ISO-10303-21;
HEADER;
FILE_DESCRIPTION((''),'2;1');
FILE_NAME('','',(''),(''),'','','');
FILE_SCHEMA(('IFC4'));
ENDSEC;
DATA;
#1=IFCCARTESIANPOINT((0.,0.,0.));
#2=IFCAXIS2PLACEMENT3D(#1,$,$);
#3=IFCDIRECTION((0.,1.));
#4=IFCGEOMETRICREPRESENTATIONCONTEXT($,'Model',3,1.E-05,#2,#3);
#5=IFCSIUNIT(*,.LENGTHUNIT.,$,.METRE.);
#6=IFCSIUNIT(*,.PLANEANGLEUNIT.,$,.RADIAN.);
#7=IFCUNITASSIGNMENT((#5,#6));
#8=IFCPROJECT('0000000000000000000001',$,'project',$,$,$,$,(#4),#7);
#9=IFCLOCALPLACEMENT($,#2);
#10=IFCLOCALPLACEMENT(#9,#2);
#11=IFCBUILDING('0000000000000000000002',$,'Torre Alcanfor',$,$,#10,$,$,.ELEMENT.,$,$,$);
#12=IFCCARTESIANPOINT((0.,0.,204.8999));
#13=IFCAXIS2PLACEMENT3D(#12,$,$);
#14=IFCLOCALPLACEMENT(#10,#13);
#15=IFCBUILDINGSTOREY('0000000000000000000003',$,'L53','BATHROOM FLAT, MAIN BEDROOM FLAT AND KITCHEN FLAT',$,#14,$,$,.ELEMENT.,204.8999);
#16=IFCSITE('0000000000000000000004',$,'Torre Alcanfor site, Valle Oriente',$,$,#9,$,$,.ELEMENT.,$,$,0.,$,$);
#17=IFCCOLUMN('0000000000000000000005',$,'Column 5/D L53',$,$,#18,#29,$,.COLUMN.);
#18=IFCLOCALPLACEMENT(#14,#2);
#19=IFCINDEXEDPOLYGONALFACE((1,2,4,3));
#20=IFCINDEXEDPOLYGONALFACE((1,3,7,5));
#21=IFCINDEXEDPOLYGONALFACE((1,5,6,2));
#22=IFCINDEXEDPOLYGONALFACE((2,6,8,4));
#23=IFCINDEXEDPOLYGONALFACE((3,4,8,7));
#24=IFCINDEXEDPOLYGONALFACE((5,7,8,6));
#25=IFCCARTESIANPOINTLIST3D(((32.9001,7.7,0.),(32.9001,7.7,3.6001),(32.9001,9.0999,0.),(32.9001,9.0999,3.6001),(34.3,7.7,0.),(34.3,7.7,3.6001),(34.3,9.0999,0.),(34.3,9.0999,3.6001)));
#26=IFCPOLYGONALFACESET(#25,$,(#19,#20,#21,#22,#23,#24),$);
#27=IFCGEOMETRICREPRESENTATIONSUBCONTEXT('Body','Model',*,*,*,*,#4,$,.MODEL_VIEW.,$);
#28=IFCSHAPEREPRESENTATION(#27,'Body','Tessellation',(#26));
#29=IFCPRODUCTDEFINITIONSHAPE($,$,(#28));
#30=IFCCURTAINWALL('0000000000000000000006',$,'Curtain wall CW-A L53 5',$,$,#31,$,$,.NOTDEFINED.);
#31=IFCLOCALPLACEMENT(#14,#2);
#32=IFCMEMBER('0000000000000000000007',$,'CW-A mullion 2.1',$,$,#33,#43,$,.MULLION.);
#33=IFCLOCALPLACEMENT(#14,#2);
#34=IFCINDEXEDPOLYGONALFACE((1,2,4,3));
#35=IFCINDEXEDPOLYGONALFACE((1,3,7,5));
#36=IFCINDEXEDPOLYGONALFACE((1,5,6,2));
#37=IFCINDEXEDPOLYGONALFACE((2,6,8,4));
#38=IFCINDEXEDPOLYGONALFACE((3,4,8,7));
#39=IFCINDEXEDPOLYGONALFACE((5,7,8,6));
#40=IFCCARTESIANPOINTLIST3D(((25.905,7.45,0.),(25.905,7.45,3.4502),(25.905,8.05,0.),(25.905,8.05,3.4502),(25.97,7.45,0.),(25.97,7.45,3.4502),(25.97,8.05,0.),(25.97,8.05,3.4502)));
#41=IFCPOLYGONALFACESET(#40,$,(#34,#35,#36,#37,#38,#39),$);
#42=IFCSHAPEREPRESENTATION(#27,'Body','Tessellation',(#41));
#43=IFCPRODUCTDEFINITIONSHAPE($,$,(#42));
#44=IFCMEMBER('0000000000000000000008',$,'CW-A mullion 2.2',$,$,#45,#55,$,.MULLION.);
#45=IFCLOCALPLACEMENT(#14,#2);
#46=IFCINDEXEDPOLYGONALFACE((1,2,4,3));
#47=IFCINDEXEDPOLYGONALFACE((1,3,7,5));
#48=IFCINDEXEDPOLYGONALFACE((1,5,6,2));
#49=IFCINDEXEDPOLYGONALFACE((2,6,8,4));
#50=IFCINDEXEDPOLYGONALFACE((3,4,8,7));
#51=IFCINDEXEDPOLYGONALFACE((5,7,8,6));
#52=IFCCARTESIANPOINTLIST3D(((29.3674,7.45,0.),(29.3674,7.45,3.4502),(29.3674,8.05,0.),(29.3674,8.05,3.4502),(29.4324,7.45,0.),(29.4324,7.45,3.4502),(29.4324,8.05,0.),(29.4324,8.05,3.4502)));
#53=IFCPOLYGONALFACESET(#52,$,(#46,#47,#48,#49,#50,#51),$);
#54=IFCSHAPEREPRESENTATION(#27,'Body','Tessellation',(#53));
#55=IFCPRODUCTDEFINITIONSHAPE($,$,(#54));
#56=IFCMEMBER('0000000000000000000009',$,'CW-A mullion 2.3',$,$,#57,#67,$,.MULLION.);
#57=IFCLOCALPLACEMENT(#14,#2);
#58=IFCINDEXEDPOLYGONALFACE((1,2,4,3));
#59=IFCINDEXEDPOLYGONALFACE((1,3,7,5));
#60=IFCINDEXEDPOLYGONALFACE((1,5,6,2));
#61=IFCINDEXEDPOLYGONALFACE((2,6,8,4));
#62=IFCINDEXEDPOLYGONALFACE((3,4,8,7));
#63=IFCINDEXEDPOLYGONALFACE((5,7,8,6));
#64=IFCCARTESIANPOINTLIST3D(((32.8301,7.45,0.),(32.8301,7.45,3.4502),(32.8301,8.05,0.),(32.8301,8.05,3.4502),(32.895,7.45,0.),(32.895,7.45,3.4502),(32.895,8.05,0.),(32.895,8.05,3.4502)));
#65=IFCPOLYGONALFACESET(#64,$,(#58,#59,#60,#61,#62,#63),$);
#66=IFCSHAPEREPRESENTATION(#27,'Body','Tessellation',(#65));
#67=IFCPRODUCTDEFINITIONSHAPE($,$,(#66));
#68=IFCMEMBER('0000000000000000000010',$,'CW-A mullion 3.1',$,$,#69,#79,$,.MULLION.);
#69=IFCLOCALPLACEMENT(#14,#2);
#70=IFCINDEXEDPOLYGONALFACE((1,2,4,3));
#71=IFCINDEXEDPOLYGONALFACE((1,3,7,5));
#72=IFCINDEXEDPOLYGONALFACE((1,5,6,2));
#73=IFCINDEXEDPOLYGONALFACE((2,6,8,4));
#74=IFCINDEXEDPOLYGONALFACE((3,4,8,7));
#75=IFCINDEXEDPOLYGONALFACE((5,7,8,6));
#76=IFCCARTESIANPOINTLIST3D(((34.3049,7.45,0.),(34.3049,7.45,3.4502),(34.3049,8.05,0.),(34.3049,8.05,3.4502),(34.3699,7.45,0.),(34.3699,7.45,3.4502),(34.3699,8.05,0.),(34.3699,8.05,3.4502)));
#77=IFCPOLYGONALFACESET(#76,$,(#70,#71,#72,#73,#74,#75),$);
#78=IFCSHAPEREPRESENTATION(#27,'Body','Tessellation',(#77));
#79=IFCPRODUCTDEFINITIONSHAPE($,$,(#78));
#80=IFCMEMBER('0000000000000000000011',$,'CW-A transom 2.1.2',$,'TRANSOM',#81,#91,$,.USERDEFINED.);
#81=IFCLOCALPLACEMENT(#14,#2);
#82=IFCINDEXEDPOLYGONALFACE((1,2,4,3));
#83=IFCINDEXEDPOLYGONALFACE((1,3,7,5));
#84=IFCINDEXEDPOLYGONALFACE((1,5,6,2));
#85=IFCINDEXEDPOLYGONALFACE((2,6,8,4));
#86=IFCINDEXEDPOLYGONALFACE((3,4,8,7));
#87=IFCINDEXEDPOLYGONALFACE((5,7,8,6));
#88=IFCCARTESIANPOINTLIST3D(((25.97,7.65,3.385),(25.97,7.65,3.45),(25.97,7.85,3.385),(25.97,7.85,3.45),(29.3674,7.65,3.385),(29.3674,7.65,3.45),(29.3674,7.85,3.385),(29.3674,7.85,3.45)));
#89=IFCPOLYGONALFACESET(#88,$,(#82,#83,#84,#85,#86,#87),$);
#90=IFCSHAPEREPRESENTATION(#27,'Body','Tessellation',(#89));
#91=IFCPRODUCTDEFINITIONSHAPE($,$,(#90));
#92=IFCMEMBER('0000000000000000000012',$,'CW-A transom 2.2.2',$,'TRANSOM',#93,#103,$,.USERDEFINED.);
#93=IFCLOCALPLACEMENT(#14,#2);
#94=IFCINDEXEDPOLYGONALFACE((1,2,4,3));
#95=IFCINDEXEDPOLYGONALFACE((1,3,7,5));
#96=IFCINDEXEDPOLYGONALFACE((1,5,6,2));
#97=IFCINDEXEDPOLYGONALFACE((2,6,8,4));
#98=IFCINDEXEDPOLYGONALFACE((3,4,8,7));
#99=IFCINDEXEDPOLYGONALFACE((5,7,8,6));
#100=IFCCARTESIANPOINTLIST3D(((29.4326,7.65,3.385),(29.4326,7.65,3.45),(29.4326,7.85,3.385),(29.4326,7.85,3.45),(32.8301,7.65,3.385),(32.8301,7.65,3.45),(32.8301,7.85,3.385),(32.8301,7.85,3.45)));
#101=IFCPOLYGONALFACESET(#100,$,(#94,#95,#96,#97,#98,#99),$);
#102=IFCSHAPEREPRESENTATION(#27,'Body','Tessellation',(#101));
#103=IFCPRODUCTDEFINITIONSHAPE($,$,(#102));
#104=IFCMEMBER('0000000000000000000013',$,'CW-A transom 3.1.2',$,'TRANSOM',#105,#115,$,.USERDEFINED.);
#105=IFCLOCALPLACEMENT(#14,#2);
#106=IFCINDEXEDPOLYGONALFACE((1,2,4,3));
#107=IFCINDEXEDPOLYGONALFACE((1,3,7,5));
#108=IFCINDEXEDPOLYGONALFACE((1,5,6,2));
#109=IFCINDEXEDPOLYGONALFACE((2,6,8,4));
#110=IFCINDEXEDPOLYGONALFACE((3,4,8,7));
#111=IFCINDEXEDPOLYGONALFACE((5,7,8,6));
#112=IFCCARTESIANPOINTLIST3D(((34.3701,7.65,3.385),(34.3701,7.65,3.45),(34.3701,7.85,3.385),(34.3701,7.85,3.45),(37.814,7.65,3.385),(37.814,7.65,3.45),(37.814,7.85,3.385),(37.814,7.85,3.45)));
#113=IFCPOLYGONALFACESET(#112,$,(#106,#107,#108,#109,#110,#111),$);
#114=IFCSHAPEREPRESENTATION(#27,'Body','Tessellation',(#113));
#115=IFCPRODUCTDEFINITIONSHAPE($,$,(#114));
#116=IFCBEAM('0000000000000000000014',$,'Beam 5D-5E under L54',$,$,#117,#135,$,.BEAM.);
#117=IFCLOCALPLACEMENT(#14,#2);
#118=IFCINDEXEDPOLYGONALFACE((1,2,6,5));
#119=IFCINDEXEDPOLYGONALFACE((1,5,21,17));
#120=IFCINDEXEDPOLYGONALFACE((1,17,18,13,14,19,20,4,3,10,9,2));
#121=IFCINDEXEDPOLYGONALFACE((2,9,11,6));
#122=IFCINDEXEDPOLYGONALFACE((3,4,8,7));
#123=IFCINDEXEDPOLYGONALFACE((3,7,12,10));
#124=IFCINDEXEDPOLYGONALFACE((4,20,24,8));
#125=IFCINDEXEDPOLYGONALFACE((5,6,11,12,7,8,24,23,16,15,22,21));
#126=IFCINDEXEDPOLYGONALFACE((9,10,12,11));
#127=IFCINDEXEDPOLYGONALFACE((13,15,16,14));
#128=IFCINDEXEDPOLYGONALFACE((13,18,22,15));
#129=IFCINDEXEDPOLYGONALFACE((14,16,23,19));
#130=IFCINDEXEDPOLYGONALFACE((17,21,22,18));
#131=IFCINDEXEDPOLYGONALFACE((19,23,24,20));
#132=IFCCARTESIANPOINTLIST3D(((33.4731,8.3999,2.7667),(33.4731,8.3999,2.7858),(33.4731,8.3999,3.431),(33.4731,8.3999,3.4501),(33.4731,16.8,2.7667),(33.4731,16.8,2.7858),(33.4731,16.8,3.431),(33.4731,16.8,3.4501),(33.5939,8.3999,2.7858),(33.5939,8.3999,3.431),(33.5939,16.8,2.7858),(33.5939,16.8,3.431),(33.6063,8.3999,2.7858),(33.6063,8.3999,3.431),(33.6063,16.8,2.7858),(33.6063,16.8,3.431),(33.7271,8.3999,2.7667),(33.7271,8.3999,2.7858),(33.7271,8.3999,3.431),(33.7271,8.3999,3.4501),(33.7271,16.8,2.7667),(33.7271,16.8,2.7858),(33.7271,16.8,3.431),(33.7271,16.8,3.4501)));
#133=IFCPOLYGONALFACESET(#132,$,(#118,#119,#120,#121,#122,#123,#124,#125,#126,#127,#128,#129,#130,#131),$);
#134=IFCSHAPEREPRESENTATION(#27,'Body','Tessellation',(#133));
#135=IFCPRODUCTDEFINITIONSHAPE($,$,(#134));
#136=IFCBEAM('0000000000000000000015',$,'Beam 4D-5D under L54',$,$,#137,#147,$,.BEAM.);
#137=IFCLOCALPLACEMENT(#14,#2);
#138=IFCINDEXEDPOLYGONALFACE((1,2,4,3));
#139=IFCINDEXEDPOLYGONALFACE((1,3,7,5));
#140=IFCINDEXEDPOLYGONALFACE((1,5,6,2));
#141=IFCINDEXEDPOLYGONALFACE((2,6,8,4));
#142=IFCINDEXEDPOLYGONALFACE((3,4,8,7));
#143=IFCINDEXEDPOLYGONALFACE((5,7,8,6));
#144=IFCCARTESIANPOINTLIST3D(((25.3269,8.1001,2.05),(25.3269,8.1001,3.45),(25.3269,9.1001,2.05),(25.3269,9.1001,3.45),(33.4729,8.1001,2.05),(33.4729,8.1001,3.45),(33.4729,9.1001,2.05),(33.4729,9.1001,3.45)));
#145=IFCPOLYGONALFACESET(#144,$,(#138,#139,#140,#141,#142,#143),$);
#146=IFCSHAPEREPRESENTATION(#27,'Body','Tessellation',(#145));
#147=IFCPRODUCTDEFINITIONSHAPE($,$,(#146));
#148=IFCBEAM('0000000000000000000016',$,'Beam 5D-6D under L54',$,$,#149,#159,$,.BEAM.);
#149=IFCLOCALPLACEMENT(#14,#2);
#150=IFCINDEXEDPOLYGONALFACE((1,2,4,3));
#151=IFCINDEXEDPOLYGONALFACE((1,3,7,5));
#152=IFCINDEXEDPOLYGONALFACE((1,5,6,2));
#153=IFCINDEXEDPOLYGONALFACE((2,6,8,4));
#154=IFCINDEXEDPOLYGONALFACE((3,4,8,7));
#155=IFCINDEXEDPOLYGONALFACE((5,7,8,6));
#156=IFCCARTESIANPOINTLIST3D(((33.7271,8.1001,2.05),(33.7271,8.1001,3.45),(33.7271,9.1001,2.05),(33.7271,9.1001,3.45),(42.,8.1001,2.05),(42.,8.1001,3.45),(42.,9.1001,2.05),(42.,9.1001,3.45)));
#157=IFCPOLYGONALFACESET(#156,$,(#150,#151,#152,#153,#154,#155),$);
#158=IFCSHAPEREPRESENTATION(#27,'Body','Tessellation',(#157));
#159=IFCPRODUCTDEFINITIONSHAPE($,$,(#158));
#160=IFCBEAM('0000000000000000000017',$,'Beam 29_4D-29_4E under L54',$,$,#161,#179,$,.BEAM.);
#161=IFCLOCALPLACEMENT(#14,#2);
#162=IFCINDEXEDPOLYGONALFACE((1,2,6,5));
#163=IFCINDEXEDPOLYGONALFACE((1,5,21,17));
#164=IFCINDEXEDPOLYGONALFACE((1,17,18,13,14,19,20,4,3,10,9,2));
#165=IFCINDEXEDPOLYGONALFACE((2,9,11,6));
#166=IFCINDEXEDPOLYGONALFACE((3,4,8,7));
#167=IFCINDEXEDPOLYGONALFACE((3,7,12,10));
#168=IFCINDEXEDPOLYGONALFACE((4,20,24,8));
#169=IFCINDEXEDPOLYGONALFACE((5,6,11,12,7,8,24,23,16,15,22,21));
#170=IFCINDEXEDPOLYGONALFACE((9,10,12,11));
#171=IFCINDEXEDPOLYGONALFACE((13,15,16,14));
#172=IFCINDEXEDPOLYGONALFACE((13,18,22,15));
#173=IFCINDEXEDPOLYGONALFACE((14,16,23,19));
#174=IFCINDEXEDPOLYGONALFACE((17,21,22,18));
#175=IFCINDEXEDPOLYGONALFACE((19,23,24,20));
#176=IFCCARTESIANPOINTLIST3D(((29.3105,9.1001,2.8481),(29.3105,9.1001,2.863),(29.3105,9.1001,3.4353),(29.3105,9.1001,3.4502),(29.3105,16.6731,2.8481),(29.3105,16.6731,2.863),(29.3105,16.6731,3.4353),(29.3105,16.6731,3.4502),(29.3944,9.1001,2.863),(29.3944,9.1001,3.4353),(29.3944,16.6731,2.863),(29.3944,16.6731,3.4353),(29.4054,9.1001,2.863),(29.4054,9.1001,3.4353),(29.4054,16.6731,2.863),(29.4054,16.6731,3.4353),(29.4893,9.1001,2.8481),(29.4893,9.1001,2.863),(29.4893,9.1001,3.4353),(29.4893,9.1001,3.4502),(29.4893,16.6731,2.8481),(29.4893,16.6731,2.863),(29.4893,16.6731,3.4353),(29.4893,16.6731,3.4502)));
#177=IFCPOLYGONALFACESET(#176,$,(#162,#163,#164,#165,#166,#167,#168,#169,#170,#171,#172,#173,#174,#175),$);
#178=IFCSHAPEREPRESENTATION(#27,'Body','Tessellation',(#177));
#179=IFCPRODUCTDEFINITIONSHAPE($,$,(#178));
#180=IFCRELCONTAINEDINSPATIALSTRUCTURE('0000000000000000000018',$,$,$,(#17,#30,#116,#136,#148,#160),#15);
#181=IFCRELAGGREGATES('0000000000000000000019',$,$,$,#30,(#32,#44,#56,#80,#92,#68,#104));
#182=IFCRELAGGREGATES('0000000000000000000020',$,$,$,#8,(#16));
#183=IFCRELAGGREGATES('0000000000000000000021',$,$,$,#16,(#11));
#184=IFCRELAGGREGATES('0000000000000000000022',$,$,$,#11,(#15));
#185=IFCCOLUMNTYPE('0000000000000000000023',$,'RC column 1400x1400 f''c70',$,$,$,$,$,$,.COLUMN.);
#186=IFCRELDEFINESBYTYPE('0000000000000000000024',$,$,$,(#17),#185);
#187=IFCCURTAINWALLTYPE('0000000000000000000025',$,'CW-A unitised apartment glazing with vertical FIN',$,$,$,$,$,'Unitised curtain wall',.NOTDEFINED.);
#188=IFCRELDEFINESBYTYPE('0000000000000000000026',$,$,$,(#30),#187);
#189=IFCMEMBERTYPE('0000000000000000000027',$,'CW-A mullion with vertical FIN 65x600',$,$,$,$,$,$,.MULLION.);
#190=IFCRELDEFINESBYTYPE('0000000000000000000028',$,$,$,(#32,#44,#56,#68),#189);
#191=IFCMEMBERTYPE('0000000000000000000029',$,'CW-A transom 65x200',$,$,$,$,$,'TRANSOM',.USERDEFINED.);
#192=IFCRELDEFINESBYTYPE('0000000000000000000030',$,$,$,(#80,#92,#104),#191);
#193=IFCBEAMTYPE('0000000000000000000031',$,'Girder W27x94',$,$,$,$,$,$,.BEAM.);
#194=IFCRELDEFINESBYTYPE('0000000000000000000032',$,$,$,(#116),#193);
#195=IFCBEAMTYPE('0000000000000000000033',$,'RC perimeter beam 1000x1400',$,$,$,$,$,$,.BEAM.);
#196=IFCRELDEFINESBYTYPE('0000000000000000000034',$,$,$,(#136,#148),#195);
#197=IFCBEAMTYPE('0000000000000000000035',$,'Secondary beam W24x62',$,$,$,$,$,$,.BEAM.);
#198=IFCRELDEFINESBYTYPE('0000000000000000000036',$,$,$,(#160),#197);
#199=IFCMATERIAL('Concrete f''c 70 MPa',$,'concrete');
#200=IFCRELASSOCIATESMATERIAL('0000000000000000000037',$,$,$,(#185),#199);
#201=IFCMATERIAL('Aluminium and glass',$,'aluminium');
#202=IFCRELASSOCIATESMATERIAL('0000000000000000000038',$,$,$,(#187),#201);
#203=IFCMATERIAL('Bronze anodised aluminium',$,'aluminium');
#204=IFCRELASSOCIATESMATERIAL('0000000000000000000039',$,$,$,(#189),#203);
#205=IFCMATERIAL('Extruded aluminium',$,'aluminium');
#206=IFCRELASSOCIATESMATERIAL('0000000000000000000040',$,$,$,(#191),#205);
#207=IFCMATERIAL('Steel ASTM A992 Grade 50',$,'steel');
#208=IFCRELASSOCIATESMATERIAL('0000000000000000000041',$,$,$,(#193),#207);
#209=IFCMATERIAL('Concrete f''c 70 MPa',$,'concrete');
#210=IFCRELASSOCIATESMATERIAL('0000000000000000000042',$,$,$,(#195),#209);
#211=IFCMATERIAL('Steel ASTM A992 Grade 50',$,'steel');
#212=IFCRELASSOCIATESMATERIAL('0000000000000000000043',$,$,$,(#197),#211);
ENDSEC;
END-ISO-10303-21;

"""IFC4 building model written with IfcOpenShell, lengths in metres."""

from ifc_helpers import new_model, si_unit, direction, frame, origin, origin_2d, place, context, subcontext, project, spatial, rectangle, i_section, extrude, material, material_profile, profile_set, type_object, element, aggregate, save


model = new_model("IFC4")

# Units and contexts
model_context = context("Model", 3, precision=1e-05, world=origin(), true_north=direction((0.0, 1.0)))
body_context = subcontext(model_context, "Body", "Model", "MODEL_VIEW")
ifc_project = project(units=[si_unit("LENGTHUNIT", "METRE"), si_unit("PLANEANGLEUNIT", "RADIAN")], contexts=[model_context])

# Site, building, storey
site_placement = place(None, origin())
site = spatial("IfcSite", under=ifc_project, at=site_placement, Name="Torre Alcanfor site, Valle Oriente", CompositionType="ELEMENT", RefElevation=0.0)
building_placement = place(site_placement, origin())
building = spatial("IfcBuilding", under=site, at=building_placement, Name="Torre Alcanfor", CompositionType="ELEMENT")
storey_placement = place(building_placement, frame((0.0, 0.0, 204.8999)))
storey = spatial("IfcBuildingStorey", under=building, at=storey_placement, Name="L53", Description="BATHROOM FLAT, MAIN BEDROOM FLAT AND KITCHEN FLAT", CompositionType="ELEMENT", Elevation=204.8999)

# Column
ifc_material_1 = material(Name="Concrete f'c 70 MPa", Category="concrete")
ifc_material_profile_1 = material_profile(ifc_material_1, rectangle(XDim=1.3999, YDim=1.3999, at=origin_2d()), Name="1400x1400")
ifc_profile_set_1 = profile_set([ifc_material_profile_1], Name="Concrete f'c 70 MPa")
column_type = type_object("IfcColumnType", Name="RC column 1400x1400 f'c70", PredefinedType="COLUMN", material=ifc_profile_set_1)
column_placement = place(storey_placement, frame((33.6001, 8.3999, 0.0), z_axis=(0.0, 0.0, 1.0), x_axis=(1.0, 0.0, 0.0)))
element("IfcColumn", 1, at=column_placement, inside=storey, type_object=column_type, Name="Column 5/D L53", PredefinedType="COLUMN", context=body_context, shape_type="SweptSolid", body=[
    extrude(rectangle(XDim=1.3999, YDim=1.3999, at=origin_2d()), origin(), (0.0, 0.0, 1.0), 3.6001),
])

# Curtain wall, members
ifc_material_2 = material(Name="Aluminium and glass", Category="aluminium")
curtain_wall_type = type_object("IfcCurtainWallType", Name="CW-A unitised apartment glazing with vertical FIN", ElementType="Unitised curtain wall", PredefinedType="NOTDEFINED", material=ifc_material_2)
curtain_wall_placement = place(storey_placement, origin())
curtain_wall = element("IfcCurtainWall", 2, at=curtain_wall_placement, inside=storey, type_object=curtain_wall_type, Name="Curtain wall CW-A L53 5", PredefinedType="NOTDEFINED")
ifc_material_3 = material(Name="Bronze anodised aluminium", Category="aluminium")
ifc_material_profile_2 = material_profile(ifc_material_3, rectangle(XDim=0.6001, YDim=0.0649, at=origin_2d()), Name="CW-A mullion 65x600")
ifc_profile_set_2 = profile_set([ifc_material_profile_2], Name="Bronze anodised aluminium")
member_type_1 = type_object("IfcMemberType", Name="CW-A mullion with vertical FIN 65x600", PredefinedType="MULLION", material=ifc_profile_set_2)
member_1_placement = place(storey_placement, frame((25.9375, 7.75, 0.0), z_axis=(0.0, 0.0, 1.0), x_axis=(0.0, 1.0, 0.0)))
member_1 = element("IfcMember", 3, at=member_1_placement, type_object=member_type_1, Name="CW-A mullion 2.1", PredefinedType="MULLION", context=body_context, shape_type="SweptSolid", body=[
    extrude(rectangle(XDim=0.6001, YDim=0.0649, at=origin_2d()), origin(), (0.0, 0.0, 1.0), 3.4502),
])
member_2_placement = place(storey_placement, frame((29.3999, 7.75, 0.0), z_axis=(0.0, 0.0, 1.0), x_axis=(0.0, 1.0, 0.0)))
member_2 = element("IfcMember", 4, at=member_2_placement, type_object=member_type_1, Name="CW-A mullion 2.2", PredefinedType="MULLION", context=body_context, shape_type="SweptSolid", body=[
    extrude(rectangle(XDim=0.6001, YDim=0.0649, at=origin_2d()), origin(), (0.0, 0.0, 1.0), 3.4502),
])
member_3_placement = place(storey_placement, frame((32.8625, 7.75, 0.0), z_axis=(0.0, 0.0, 1.0), x_axis=(0.0, 1.0, 0.0)))
member_3 = element("IfcMember", 5, at=member_3_placement, type_object=member_type_1, Name="CW-A mullion 2.3", PredefinedType="MULLION", context=body_context, shape_type="SweptSolid", body=[
    extrude(rectangle(XDim=0.6001, YDim=0.0649, at=origin_2d()), origin(), (0.0, 0.0, 1.0), 3.4502),
])
member_4_placement = place(storey_placement, frame((34.3374, 7.75, 0.0), z_axis=(0.0, 0.0, 1.0), x_axis=(0.0, 1.0, 0.0)))
member_4 = element("IfcMember", 6, at=member_4_placement, type_object=member_type_1, Name="CW-A mullion 3.1", PredefinedType="MULLION", context=body_context, shape_type="SweptSolid", body=[
    extrude(rectangle(XDim=0.6001, YDim=0.0649, at=origin_2d()), origin(), (0.0, 0.0, 1.0), 3.4502),
])
ifc_material_4 = material(Name="Extruded aluminium", Category="aluminium")
ifc_material_profile_3 = material_profile(ifc_material_4, rectangle(XDim=0.2, YDim=0.0649, at=origin_2d()), Name="CW-A transom 200x65")
ifc_profile_set_3 = profile_set([ifc_material_profile_3], Name="Extruded aluminium")
member_type_2 = type_object("IfcMemberType", Name="CW-A transom 65x200", ElementType="TRANSOM", PredefinedType="USERDEFINED", material=ifc_profile_set_3)
member_5_placement = place(storey_placement, frame((25.97, 7.75, 3.4175), z_axis=(1.0, 0.0, 0.0), x_axis=(0.0, 1.0, 0.0)))
member_5 = element("IfcMember", 7, at=member_5_placement, type_object=member_type_2, Name="CW-A transom 2.1.2", ObjectType="TRANSOM", PredefinedType="USERDEFINED", context=body_context, shape_type="SweptSolid", body=[
    extrude(rectangle(XDim=0.2, YDim=0.0649, at=origin_2d()), origin(), (0.0, 0.0, 1.0), 3.3975),
])
member_6_placement = place(storey_placement, frame((29.4326, 7.75, 3.4175), z_axis=(1.0, 0.0, 0.0), x_axis=(0.0, 1.0, 0.0)))
member_6 = element("IfcMember", 8, at=member_6_placement, type_object=member_type_2, Name="CW-A transom 2.2.2", ObjectType="TRANSOM", PredefinedType="USERDEFINED", context=body_context, shape_type="SweptSolid", body=[
    extrude(rectangle(XDim=0.2, YDim=0.0649, at=origin_2d()), origin(), (0.0, 0.0, 1.0), 3.3975),
])
member_7_placement = place(storey_placement, frame((34.3701, 7.75, 3.4175), z_axis=(1.0, 0.0, 0.0), x_axis=(0.0, 1.0, 0.0)))
member_7 = element("IfcMember", 9, at=member_7_placement, type_object=member_type_2, Name="CW-A transom 3.1.2", ObjectType="TRANSOM", PredefinedType="USERDEFINED", context=body_context, shape_type="SweptSolid", body=[
    extrude(rectangle(XDim=0.2, YDim=0.0649, at=origin_2d()), origin(), (0.0, 0.0, 1.0), 3.4438),
])

# Beams
ifc_material_5 = material(Name="Steel ASTM A992 Grade 50", Category="steel")
ifc_material_profile_4 = material_profile(ifc_material_5, i_section(OverallWidth=0.2539, OverallDepth=0.6833, WebThickness=0.0125, FlangeThickness=0.019, at=origin_2d()), Name="W27x94")
ifc_profile_set_4 = profile_set([ifc_material_profile_4], Name="Steel ASTM A992 Grade 50")
beam_type_1 = type_object("IfcBeamType", Name="Girder W27x94", PredefinedType="BEAM", material=ifc_profile_set_4)
beam_1_placement = place(storey_placement, frame((33.6001, 8.3999, 3.1084), z_axis=(0.0, 1.0, 0.0), x_axis=(-1.0, 0.0, 0.0)))
element("IfcBeam", 10, at=beam_1_placement, inside=storey, type_object=beam_type_1, Name="Beam 5D-5E under L54", PredefinedType="BEAM", context=body_context, shape_type="SweptSolid", body=[
    extrude(i_section(OverallWidth=0.2539, OverallDepth=0.6833, WebThickness=0.0125, FlangeThickness=0.019, at=origin_2d()), origin(), (0.0, 0.0, 1.0), 8.4001),
])
ifc_material_6 = material(Name="Concrete f'c 70 MPa", Category="concrete")
ifc_material_profile_5 = material_profile(ifc_material_6, rectangle(XDim=1.0, YDim=1.3999, at=origin_2d()), Name="1000x1400")
ifc_profile_set_5 = profile_set([ifc_material_profile_5], Name="Concrete f'c 70 MPa")
beam_type_2 = type_object("IfcBeamType", Name="RC perimeter beam 1000x1400", PredefinedType="BEAM", material=ifc_profile_set_5)
beam_2_placement = place(storey_placement, frame((25.3269, 8.6001, 2.75), z_axis=(1.0, 0.0, 0.0), x_axis=(0.0, 1.0, 0.0)))
element("IfcBeam", 11, at=beam_2_placement, inside=storey, type_object=beam_type_2, Name="Beam 4D-5D under L54", PredefinedType="BEAM", context=body_context, shape_type="SweptSolid", body=[
    extrude(rectangle(XDim=1.0, YDim=1.3999, at=origin_2d()), origin(), (0.0, 0.0, 1.0), 8.146),
])
beam_3_placement = place(storey_placement, frame((33.7271, 8.6001, 2.75), z_axis=(1.0, 0.0, 0.0), x_axis=(0.0, 1.0, 0.0)))
element("IfcBeam", 12, at=beam_3_placement, inside=storey, type_object=beam_type_2, Name="Beam 5D-6D under L54", PredefinedType="BEAM", context=body_context, shape_type="SweptSolid", body=[
    extrude(rectangle(XDim=1.0, YDim=1.3999, at=origin_2d()), origin(), (0.0, 0.0, 1.0), 8.2729),
])
ifc_material_7 = material(Name="Steel ASTM A992 Grade 50", Category="steel")
ifc_material_profile_6 = material_profile(ifc_material_7, i_section(OverallWidth=0.1787, OverallDepth=0.6021, WebThickness=0.011, FlangeThickness=0.0149, at=origin_2d()), Name="W24x62")
ifc_profile_set_6 = profile_set([ifc_material_profile_6], Name="Steel ASTM A992 Grade 50")
beam_type_3 = type_object("IfcBeamType", Name="Secondary beam W24x62", PredefinedType="BEAM", material=ifc_profile_set_6)
for number, where, z_axis, x_axis, name in (
    (13, (29.3999, 9.1001, 3.1492), (0.0, 1.0, 0.0), (-1.0, 0.0, 0.0), "Beam 29_4D-29_4E under L54"),
):
    element("IfcBeam", number, at=place(storey_placement, frame(where, z_axis=z_axis, x_axis=x_axis)), inside=storey, type_object=beam_type_3, Name=name, PredefinedType="BEAM", context=body_context, shape_type="SweptSolid", body=[
        extrude(i_section(OverallWidth=0.1787, OverallDepth=0.6021, WebThickness=0.011, FlangeThickness=0.0149, at=origin_2d()), origin(), (0.0, 0.0, 1.0), 7.573),
    ])

aggregate(curtain_wall, [member_1, member_2, member_3, member_5, member_6, member_4, member_7])

save(model, "model.ifc")
